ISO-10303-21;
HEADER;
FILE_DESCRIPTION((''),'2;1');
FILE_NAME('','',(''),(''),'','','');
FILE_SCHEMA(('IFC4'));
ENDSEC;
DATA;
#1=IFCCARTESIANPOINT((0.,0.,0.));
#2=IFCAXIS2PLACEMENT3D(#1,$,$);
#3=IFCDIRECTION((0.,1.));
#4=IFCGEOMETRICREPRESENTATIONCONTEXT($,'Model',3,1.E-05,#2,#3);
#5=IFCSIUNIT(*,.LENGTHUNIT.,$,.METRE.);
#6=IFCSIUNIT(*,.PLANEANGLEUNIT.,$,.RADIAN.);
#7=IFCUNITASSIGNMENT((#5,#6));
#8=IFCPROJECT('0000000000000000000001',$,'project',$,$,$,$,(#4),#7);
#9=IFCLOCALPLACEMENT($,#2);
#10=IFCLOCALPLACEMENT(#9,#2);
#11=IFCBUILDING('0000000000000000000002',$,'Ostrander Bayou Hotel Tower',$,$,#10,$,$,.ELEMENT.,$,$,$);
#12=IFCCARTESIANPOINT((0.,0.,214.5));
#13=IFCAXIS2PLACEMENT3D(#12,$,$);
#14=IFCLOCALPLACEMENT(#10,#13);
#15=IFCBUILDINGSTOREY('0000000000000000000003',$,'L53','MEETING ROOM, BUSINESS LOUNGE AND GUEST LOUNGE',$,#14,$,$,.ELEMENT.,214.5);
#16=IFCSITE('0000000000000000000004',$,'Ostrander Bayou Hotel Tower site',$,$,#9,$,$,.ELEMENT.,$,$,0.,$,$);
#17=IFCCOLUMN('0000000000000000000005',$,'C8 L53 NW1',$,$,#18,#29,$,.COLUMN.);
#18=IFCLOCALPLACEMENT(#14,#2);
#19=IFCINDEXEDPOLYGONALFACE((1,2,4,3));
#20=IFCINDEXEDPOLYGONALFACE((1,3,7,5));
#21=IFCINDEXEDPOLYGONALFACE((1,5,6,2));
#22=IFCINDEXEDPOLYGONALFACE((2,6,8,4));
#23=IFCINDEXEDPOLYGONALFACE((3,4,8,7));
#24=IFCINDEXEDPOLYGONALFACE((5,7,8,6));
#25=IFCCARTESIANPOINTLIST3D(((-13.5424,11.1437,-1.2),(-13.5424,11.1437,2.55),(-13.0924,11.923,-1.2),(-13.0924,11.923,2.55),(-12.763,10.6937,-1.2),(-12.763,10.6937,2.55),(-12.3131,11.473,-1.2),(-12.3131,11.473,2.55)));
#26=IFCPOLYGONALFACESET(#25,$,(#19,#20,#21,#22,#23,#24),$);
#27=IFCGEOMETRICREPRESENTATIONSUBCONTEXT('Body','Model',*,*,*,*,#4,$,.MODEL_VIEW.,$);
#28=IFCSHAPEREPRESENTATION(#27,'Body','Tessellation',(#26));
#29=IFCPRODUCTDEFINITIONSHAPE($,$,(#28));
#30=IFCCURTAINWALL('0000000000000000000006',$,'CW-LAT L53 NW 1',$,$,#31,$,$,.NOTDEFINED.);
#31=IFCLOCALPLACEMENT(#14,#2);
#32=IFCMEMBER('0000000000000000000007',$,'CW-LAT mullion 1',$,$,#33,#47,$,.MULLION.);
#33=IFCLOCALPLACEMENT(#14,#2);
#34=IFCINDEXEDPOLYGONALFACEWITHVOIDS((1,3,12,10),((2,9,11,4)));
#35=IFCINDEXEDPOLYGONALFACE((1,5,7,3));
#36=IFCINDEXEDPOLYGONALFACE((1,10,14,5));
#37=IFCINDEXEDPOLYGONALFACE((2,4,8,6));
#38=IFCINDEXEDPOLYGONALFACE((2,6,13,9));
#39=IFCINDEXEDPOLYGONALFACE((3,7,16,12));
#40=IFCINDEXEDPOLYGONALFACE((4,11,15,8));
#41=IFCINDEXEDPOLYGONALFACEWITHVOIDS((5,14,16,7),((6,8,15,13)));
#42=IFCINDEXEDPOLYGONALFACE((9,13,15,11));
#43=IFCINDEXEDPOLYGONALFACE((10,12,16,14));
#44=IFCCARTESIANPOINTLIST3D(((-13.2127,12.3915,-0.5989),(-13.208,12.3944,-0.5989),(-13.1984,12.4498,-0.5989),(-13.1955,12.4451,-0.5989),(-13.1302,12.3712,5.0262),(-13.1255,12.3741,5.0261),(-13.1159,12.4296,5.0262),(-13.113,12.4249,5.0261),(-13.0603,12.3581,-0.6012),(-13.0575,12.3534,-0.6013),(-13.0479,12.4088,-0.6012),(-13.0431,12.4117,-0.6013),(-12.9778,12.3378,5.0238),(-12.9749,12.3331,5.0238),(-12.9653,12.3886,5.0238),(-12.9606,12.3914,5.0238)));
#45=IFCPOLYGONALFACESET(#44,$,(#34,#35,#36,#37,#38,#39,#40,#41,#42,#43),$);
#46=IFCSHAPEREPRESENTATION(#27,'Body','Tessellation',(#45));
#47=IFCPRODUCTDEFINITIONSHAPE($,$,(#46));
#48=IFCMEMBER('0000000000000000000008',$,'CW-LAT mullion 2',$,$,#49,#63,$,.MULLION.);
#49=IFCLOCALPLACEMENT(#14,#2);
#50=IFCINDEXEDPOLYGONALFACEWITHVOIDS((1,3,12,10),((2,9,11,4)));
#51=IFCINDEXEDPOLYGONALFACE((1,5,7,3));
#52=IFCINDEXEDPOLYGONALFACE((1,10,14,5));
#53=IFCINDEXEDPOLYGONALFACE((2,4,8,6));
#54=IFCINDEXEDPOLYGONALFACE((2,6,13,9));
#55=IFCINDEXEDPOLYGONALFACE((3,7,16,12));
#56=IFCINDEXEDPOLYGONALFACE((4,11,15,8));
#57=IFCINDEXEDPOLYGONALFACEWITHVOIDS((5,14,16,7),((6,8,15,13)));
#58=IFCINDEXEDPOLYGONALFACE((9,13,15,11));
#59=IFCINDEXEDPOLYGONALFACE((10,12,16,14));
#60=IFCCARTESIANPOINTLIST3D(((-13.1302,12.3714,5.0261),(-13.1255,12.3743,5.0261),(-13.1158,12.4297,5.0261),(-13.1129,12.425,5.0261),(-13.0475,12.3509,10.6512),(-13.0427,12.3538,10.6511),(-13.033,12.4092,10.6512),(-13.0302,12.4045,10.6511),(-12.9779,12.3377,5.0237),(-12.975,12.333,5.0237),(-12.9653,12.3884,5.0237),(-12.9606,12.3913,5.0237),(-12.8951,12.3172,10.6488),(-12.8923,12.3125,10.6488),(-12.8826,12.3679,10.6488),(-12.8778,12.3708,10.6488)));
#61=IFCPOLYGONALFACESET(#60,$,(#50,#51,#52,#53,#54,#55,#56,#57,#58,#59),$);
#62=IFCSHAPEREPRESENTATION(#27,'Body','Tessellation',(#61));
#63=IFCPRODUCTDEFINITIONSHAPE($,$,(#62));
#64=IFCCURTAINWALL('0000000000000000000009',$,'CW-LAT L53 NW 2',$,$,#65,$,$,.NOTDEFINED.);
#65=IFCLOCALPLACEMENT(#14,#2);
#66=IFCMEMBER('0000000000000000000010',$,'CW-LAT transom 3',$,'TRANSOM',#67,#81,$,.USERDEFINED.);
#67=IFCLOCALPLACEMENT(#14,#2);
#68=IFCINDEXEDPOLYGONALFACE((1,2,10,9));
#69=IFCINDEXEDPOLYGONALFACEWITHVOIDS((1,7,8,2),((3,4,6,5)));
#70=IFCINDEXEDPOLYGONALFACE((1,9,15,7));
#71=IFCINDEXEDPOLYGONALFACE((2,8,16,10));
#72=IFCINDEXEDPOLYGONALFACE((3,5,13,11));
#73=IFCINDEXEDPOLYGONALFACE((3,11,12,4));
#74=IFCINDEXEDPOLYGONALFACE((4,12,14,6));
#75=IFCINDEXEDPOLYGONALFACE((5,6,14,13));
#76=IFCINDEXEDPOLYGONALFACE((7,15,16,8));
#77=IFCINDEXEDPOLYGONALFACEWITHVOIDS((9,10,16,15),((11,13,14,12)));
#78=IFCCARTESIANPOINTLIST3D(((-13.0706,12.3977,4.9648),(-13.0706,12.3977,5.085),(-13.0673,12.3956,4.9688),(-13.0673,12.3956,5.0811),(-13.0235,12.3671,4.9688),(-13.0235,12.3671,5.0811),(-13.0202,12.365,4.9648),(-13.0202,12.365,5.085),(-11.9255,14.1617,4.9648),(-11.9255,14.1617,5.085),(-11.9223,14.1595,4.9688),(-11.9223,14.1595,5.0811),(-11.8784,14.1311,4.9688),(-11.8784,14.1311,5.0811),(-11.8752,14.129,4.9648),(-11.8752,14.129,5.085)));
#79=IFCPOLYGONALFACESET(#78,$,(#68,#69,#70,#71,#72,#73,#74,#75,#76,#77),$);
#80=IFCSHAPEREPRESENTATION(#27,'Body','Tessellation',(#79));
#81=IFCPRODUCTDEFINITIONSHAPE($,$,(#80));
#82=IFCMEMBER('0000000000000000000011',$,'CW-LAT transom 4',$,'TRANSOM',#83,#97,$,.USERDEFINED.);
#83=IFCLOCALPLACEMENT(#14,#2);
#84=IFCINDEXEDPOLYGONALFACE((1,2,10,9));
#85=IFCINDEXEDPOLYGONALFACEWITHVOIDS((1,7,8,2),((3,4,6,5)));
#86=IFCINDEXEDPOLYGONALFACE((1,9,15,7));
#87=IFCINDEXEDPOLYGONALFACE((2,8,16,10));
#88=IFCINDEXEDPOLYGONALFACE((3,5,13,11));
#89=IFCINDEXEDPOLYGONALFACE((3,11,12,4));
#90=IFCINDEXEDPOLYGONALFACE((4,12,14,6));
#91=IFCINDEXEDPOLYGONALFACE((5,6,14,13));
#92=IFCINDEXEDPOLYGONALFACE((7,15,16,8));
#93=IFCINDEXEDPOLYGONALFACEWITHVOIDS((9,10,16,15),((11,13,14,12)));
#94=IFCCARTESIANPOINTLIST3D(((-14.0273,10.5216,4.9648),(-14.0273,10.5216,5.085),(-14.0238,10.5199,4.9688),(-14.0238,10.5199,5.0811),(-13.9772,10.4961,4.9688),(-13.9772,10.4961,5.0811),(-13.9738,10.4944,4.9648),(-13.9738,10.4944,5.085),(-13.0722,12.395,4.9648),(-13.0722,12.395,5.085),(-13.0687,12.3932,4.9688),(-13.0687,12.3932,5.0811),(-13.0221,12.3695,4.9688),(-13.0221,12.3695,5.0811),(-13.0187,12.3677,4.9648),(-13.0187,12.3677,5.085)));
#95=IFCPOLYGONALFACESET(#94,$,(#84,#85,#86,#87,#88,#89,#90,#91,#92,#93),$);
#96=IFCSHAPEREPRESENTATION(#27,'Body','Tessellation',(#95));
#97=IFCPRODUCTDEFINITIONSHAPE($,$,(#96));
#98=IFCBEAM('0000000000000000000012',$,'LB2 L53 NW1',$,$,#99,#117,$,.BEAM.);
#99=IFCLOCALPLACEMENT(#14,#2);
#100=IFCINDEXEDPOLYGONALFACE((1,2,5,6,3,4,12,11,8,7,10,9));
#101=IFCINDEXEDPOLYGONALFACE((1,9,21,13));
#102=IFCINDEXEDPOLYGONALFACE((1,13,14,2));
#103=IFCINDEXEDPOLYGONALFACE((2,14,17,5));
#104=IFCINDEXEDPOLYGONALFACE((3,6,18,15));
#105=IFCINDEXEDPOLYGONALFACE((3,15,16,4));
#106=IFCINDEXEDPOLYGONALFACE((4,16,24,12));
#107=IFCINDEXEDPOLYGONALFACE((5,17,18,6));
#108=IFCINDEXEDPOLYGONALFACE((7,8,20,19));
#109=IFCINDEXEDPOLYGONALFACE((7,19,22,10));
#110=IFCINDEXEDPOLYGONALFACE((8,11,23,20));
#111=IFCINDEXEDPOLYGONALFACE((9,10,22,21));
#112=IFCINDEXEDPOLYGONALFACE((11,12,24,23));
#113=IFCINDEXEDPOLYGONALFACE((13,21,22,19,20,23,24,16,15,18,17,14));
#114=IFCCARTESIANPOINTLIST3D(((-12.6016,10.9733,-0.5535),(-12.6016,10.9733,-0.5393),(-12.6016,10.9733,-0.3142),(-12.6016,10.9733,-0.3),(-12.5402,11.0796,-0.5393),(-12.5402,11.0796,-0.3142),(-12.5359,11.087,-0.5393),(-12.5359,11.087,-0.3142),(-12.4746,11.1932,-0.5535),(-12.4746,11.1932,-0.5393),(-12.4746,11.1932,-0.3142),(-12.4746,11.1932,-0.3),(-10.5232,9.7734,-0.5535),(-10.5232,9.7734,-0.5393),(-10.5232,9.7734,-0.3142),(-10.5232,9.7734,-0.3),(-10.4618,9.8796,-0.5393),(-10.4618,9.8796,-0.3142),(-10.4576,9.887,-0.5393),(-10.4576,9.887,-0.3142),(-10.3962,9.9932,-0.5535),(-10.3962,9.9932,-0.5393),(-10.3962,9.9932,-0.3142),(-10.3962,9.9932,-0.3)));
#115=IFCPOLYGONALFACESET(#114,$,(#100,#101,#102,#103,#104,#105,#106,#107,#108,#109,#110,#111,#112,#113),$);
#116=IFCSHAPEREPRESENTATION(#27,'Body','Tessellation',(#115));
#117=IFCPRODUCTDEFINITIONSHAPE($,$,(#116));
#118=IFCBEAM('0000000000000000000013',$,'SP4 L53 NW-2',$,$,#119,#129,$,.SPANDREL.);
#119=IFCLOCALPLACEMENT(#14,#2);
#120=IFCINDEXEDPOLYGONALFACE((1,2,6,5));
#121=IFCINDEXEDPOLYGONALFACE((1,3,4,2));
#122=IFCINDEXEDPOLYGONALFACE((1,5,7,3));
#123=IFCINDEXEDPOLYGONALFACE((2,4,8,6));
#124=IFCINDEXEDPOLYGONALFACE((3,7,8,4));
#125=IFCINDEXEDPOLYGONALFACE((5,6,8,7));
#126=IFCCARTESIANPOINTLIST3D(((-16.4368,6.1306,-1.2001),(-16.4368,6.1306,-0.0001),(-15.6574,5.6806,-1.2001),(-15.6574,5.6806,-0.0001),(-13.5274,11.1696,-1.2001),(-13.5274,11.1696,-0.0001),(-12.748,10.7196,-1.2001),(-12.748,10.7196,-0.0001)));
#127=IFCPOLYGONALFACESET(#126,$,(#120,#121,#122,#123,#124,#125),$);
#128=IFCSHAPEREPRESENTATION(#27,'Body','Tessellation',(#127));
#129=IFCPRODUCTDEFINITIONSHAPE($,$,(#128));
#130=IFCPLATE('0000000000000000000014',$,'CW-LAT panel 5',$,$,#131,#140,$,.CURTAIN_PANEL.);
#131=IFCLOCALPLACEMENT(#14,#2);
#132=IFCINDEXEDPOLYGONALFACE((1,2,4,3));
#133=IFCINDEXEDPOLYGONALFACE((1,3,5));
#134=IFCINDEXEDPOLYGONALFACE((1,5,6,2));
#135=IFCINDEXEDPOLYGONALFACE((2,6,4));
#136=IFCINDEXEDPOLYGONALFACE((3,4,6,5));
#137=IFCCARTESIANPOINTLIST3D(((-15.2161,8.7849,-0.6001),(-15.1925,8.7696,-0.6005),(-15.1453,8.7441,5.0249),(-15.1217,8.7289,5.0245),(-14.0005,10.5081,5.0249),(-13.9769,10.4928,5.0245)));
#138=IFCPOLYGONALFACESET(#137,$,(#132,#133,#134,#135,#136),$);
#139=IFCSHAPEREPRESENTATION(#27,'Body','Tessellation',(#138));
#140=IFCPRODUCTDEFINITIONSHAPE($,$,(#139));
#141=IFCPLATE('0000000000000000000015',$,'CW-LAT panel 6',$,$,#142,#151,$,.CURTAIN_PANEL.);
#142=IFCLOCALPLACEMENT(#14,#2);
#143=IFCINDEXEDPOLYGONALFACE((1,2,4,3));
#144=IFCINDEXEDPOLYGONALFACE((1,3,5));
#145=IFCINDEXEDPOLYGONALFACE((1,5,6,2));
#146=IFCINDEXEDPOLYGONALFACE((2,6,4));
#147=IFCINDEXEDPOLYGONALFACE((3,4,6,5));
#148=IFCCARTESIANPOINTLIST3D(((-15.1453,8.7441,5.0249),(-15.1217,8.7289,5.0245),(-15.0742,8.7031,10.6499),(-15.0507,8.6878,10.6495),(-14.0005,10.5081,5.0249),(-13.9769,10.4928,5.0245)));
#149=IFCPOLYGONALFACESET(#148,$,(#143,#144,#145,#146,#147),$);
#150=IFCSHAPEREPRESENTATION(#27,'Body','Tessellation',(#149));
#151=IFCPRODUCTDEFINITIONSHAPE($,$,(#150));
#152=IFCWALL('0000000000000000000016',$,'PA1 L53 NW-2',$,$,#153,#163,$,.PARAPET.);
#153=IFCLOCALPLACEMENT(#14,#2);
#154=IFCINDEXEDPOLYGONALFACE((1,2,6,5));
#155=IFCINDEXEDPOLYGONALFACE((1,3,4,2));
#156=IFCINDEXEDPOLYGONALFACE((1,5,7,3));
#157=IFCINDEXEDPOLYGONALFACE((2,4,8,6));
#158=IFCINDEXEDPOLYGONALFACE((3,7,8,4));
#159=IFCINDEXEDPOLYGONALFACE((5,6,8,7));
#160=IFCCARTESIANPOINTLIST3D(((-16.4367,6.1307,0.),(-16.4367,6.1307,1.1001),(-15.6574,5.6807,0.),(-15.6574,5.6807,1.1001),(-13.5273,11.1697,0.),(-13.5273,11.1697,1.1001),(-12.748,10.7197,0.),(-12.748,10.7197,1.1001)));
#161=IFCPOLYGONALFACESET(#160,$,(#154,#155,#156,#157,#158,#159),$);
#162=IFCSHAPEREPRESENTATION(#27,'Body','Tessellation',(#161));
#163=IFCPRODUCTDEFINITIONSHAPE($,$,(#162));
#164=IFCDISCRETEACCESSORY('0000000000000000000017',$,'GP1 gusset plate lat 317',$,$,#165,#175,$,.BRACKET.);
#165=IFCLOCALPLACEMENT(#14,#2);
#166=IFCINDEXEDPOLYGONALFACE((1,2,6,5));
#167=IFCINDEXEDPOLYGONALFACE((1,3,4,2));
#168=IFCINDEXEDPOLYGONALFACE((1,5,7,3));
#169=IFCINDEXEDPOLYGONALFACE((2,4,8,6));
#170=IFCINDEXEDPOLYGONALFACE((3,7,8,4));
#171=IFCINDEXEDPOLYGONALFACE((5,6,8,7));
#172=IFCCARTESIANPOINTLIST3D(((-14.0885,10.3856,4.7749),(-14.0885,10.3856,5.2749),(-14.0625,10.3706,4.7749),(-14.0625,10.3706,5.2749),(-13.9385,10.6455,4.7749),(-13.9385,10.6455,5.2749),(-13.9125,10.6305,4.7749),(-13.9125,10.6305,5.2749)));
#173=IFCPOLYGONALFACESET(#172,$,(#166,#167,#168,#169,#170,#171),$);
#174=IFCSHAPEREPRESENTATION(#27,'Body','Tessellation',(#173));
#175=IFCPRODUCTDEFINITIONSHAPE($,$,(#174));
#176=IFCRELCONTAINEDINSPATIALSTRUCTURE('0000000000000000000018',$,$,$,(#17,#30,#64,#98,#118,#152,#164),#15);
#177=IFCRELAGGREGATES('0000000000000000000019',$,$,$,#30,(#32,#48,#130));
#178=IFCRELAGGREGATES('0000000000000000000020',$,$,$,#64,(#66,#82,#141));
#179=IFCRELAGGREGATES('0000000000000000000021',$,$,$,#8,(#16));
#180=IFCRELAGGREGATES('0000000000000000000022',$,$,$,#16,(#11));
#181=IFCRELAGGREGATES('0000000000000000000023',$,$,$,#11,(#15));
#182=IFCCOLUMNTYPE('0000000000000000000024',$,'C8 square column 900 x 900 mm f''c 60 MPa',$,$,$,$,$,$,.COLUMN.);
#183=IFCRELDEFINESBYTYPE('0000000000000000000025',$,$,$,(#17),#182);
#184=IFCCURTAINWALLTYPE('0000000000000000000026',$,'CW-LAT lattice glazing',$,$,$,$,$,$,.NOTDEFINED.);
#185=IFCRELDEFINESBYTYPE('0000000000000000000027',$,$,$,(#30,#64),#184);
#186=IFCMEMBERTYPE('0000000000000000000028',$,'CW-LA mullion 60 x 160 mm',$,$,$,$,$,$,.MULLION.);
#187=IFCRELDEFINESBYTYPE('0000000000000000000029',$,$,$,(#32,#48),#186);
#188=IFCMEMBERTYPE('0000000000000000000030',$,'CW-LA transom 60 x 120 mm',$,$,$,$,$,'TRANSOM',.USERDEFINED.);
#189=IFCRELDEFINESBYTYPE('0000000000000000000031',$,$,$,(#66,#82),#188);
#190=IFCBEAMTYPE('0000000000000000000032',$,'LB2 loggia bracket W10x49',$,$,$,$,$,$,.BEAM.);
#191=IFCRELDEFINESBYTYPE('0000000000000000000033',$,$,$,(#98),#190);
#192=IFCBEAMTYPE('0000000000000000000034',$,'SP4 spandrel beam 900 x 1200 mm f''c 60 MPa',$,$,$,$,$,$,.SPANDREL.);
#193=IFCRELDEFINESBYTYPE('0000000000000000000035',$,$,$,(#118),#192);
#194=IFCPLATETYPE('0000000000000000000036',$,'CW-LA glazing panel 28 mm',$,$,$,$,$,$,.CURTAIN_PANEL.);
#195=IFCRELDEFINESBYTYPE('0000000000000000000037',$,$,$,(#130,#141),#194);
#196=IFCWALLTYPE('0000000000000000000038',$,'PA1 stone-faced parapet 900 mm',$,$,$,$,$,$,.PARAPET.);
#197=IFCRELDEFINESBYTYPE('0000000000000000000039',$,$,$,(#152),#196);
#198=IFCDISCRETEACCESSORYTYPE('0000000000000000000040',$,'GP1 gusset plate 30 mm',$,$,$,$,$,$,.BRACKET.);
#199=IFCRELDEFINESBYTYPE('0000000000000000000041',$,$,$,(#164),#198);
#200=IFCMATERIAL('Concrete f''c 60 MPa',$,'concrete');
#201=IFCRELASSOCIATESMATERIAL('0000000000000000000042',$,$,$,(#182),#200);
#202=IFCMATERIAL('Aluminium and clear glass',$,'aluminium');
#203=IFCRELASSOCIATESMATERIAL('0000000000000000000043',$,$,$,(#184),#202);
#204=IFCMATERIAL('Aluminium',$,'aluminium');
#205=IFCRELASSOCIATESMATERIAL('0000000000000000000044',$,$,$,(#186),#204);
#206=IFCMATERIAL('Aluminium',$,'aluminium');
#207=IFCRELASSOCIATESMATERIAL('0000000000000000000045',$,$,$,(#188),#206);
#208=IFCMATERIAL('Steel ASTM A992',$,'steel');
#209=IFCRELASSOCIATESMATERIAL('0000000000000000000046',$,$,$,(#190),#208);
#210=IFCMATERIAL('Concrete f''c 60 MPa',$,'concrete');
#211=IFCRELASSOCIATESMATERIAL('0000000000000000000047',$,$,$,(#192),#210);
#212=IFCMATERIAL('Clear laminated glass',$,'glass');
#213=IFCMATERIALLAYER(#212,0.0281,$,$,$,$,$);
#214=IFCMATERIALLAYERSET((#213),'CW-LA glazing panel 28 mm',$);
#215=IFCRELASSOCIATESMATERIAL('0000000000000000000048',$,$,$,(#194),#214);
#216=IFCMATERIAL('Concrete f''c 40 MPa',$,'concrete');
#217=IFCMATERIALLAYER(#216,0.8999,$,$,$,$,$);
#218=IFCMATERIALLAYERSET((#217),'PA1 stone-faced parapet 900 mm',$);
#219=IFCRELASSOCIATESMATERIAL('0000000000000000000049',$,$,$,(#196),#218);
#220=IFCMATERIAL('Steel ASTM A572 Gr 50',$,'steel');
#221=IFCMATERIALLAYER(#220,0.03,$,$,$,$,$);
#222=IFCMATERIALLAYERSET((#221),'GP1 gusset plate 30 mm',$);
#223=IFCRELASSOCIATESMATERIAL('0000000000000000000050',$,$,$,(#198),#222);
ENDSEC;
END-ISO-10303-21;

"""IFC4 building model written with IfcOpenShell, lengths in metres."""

from ifc_helpers import new_model, si_unit, direction, frame, frame_2d, origin, origin_2d, place, context, subcontext, project, spatial, polyline, rectangle, hollow_rectangle, i_section, outline, extrude, material, layer, layer_set, material_profile, profile_set, type_object, element, aggregate, save


model = new_model("IFC4")

# Units and contexts
model_context = context("Model", 3, precision=1e-05, world=origin(), true_north=direction((0.0, 1.0)))
body_context = subcontext(model_context, "Body", "Model", "MODEL_VIEW")
ifc_project = project(units=[si_unit("LENGTHUNIT", "METRE"), si_unit("PLANEANGLEUNIT", "RADIAN")], contexts=[model_context])

# Site, building, storey
site_placement = place(None, origin())
site = spatial("IfcSite", under=ifc_project, at=site_placement, Name="Ostrander Bayou Hotel Tower site", CompositionType="ELEMENT", RefElevation=0.0)
building_placement = place(site_placement, origin())
building = spatial("IfcBuilding", under=site, at=building_placement, Name="Ostrander Bayou Hotel Tower", CompositionType="ELEMENT")
storey_placement = place(building_placement, frame((0.0, 0.0, 214.5)))
storey = spatial("IfcBuildingStorey", under=building, at=storey_placement, Name="L53", Description="MEETING ROOM, BUSINESS LOUNGE AND GUEST LOUNGE", CompositionType="ELEMENT", Elevation=214.5)

# Column
ifc_material_1 = material(Name="Concrete f'c 60 MPa", Category="concrete")
ifc_material_profile_1 = material_profile(ifc_material_1, rectangle(XDim=0.8999, YDim=0.8999, at=origin_2d()))
ifc_profile_set_1 = profile_set([ifc_material_profile_1], Name="Concrete f'c 60 MPa")
column_type = type_object("IfcColumnType", Name="C8 square column 900 x 900 mm f'c 60 MPa", PredefinedType="COLUMN", material=ifc_profile_set_1)
column_placement = place(storey_placement, frame((-12.9277, 11.3083, -1.2), z_axis=(0.0, 0.0, 1.0), x_axis=(0.5, 0.866025, 0.0)))
element("IfcColumn", 1, at=column_placement, inside=storey, type_object=column_type, Name="C8 L53 NW1", PredefinedType="COLUMN", context=body_context, shape_type="SweptSolid", body=[
    extrude(rectangle(XDim=0.8999, YDim=0.8999, at=origin_2d()), origin(), (0.0, 0.0, 1.0), 3.75),
])

# Curtain walls, members
ifc_material_2 = material(Name="Aluminium and clear glass", Category="aluminium")
curtain_wall_type = type_object("IfcCurtainWallType", Name="CW-LAT lattice glazing", PredefinedType="NOTDEFINED", material=ifc_material_2)
curtain_wall_1_placement = place(storey_placement, origin())
curtain_wall_1 = element("IfcCurtainWall", 2, at=curtain_wall_1_placement, inside=storey, type_object=curtain_wall_type, Name="CW-LAT L53 NW 1", PredefinedType="NOTDEFINED")
ifc_material_3 = material(Name="Aluminium", Category="aluminium")
ifc_material_profile_2 = material_profile(ifc_material_3, hollow_rectangle(XDim=0.0601, YDim=0.1599, WallThickness=0.0039, at=origin_2d()))
ifc_profile_set_2 = profile_set([ifc_material_profile_2], Name="Aluminium")
member_type_1 = type_object("IfcMemberType", Name="CW-LA mullion 60 x 160 mm", PredefinedType="MULLION", material=ifc_profile_set_2)
member_1_placement = place(storey_placement, frame((-13.1279, 12.4016, -0.6001), z_axis=(0.014668, -0.003602, 0.999886), x_axis=(0.238477, 0.971148, 0.0)))
member_1 = element("IfcMember", 3, at=member_1_placement, type_object=member_type_1, Name="CW-LAT mullion 1", PredefinedType="MULLION", context=body_context, shape_type="SweptSolid", body=[
    extrude(hollow_rectangle(XDim=0.0601, YDim=0.1599, WallThickness=0.0039, at=origin_2d()), origin(), (0.0, 0.0, 1.0), 5.6257),
])
member_2_placement = place(storey_placement, frame((-13.0454, 12.3813, 5.0249), z_axis=(0.014712, -0.003645, 0.999885), x_axis=(0.240514, 0.970646, 0.0)))
member_2 = element("IfcMember", 4, at=member_2_placement, type_object=member_type_1, Name="CW-LAT mullion 2", PredefinedType="MULLION", context=body_context, shape_type="SweptSolid", body=[
    extrude(hollow_rectangle(XDim=0.0601, YDim=0.1599, WallThickness=0.0039, at=origin_2d()), origin(), (0.0, 0.0, 1.0), 5.6257),
])
curtain_wall_2_placement = place(storey_placement, origin())
curtain_wall_2 = element("IfcCurtainWall", 5, at=curtain_wall_2_placement, inside=storey, type_object=curtain_wall_type, Name="CW-LAT L53 NW 2", PredefinedType="NOTDEFINED")
ifc_material_4 = material(Name="Aluminium", Category="aluminium")
ifc_material_profile_3 = material_profile(ifc_material_4, hollow_rectangle(XDim=0.0601, YDim=0.1201, WallThickness=0.0039, at=origin_2d()))
ifc_profile_set_3 = profile_set([ifc_material_profile_3], Name="Aluminium")
member_type_2 = type_object("IfcMemberType", Name="CW-LA transom 60 x 120 mm", ElementType="TRANSOM", PredefinedType="USERDEFINED", material=ifc_profile_set_3)
member_3_placement = place(storey_placement, frame((-13.0454, 12.3813, 5.0249), z_axis=(0.544478, 0.838775, 0.0), x_axis=(-0.838775, 0.544478, 0.0)))
member_3 = element("IfcMember", 6, at=member_3_placement, type_object=member_type_2, Name="CW-LAT transom 3", ObjectType="TRANSOM", PredefinedType="USERDEFINED", context=body_context, shape_type="SweptSolid", body=[
    extrude(hollow_rectangle(XDim=0.0601, YDim=0.1201, WallThickness=0.0039, at=origin_2d()), origin(), (0.0, 0.0, 1.0), 2.103),
])
member_4_placement = place(storey_placement, frame((-13.0454, 12.3813, 5.0249), z_axis=(-0.454213, -0.890893, 0.0), x_axis=(0.890893, -0.454213, 0.0)))
member_4 = element("IfcMember", 7, at=member_4_placement, type_object=member_type_2, Name="CW-LAT transom 4", ObjectType="TRANSOM", PredefinedType="USERDEFINED", context=body_context, shape_type="SweptSolid", body=[
    extrude(hollow_rectangle(XDim=0.0601, YDim=0.1201, WallThickness=0.0039, at=origin_2d()), origin(), (0.0, 0.0, 1.0), 2.1028),
])

# Beams
ifc_material_5 = material(Name="Steel ASTM A992", Category="steel")
ifc_material_profile_4 = material_profile(ifc_material_5, i_section(OverallWidth=0.2539, OverallDepth=0.2534, WebThickness=0.0085, FlangeThickness=0.0142, at=origin_2d()))
ifc_profile_set_4 = profile_set([ifc_material_profile_4], Name="Steel ASTM A992")
beam_type_1 = type_object("IfcBeamType", Name="LB2 loggia bracket W10x49", PredefinedType="BEAM", material=ifc_profile_set_4)
beam_1_placement = place(storey_placement, frame((-12.5381, 11.0833, -0.4268), z_axis=(0.866025, -0.500001, 0.0), x_axis=(0.500001, 0.866025, 0.0)))
element("IfcBeam", 8, at=beam_1_placement, inside=storey, type_object=beam_type_1, Name="LB2 L53 NW1", PredefinedType="BEAM", context=body_context, shape_type="SweptSolid", body=[
    extrude(i_section(OverallWidth=0.2539, OverallDepth=0.2534, WebThickness=0.0085, FlangeThickness=0.0142, at=origin_2d()), origin(), (0.0, 0.0, 1.0), 2.3999),
])
ifc_material_6 = material(Name="Concrete f'c 60 MPa", Category="concrete")
ifc_material_profile_5 = material_profile(ifc_material_6, rectangle(XDim=0.8999, YDim=1.2, at=origin_2d()))
ifc_profile_set_5 = profile_set([ifc_material_profile_5], Name="Concrete f'c 60 MPa")
beam_type_2 = type_object("IfcBeamType", Name="SP4 spandrel beam 900 x 1200 mm f'c 60 MPa", PredefinedType="SPANDREL", material=ifc_profile_set_5)
beam_2_placement = place(storey_placement, frame((-13.1377, 10.9446, -0.6001), z_axis=(-0.500015, -0.866016, 0.0), x_axis=(0.866016, -0.500015, 0.0)))
element("IfcBeam", 9, at=beam_2_placement, inside=storey, type_object=beam_type_2, Name="SP4 L53 NW-2", PredefinedType="SPANDREL", context=body_context, shape_type="SweptSolid", body=[
    extrude(rectangle(XDim=0.8999, YDim=1.2, at=origin_2d()), origin(), (0.0, 0.0, 1.0), 5.8186),
])

# Plates
ifc_material_7 = material(Name="Clear laminated glass", Category="glass")
ifc_layer_1 = layer(ifc_material_7, 0.0281)
ifc_layer_set_1 = layer_set([ifc_layer_1], Name="CW-LA glazing panel 28 mm")
plate_type = type_object("IfcPlateType", Name="CW-LA glazing panel 28 mm", PredefinedType="CURTAIN_PANEL", material=ifc_layer_set_1)
plate_1_placement = place(storey_placement, frame((-14.0005, 10.5081, 5.0249), z_axis=(-0.83874, 0.544339, 0.014503), x_axis=(-0.20235, -0.286842, -0.936363)))
plate_1 = element("IfcPlate", 10, at=plate_1_placement, type_object=plate_type, Name="CW-LAT panel 5", PredefinedType="CURTAIN_PANEL", context=body_context, shape_type="SweptSolid", body=[
    extrude(outline(polyline([(0.0, 0.0), (6.0073, 0.0), (0.7376, 1.9692), (0.0, 0.0)])), origin(), (0.0, 0.0, -1.0), 0.0281),
])
aggregate(curtain_wall_1, [member_1, member_2, plate_1])
plate_2_placement = place(storey_placement, frame((-14.0005, 10.5081, 5.0249), z_axis=(-0.838739, 0.544339, 0.014563), x_axis=(-0.178828, -0.300608, 0.936833)))
plate_2 = element("IfcPlate", 11, at=plate_2_placement, type_object=plate_type, Name="CW-LAT panel 6", PredefinedType="CURTAIN_PANEL", context=body_context, shape_type="SweptSolid", body=[
    extrude(outline(polyline([(0.0, 0.0), (6.0043, 0.0), (0.735, -1.9702), (0.0, 0.0)])), origin(), (0.0, 0.0, -1.0), 0.0281),
])
aggregate(curtain_wall_2, [member_3, member_4, plate_2])

# Wall
ifc_material_8 = material(Name="Concrete f'c 40 MPa", Category="concrete")
ifc_layer_2 = layer(ifc_material_8, 0.8999)
ifc_layer_set_2 = layer_set([ifc_layer_2], Name="PA1 stone-faced parapet 900 mm")
wall_type = type_object("IfcWallType", Name="PA1 stone-faced parapet 900 mm", PredefinedType="PARAPET", material=ifc_layer_set_2)
wall_placement = place(storey_placement, frame((-13.1377, 10.9446, 0.0), z_axis=(0.0, 0.0, 1.0), x_axis=(-0.500015, -0.866016, 0.0)))
element("IfcWall", 12, at=wall_placement, inside=storey, type_object=wall_type, Name="PA1 L53 NW-2", PredefinedType="PARAPET", context=body_context, shape_type="SweptSolid", body=[
    extrude(rectangle(XDim=5.8186, YDim=0.8999, at=frame_2d((2.9092, 0.0))), origin(), (0.0, 0.0, 1.0), 1.1001),
])

# Discrete accessory
ifc_material_9 = material(Name="Steel ASTM A572 Gr 50", Category="steel")
ifc_layer_3 = layer(ifc_material_9, 0.03)
ifc_layer_set_3 = layer_set([ifc_layer_3], Name="GP1 gusset plate 30 mm")
discrete_accessory_type = type_object("IfcDiscreteAccessoryType", Name="GP1 gusset plate 30 mm", PredefinedType="BRACKET", material=ifc_layer_set_3)
discrete_accessory_placement = place(storey_placement, frame((-14.0005, 10.5081, 4.7749), z_axis=(0.0, 0.0, 1.0), x_axis=(-0.5, -0.866025, 0.0)))
element("IfcDiscreteAccessory", 13, at=discrete_accessory_placement, inside=storey, type_object=discrete_accessory_type, Name="GP1 gusset plate lat 317", PredefinedType="BRACKET", context=body_context, shape_type="SweptSolid", body=[
    extrude(rectangle(XDim=0.3, YDim=0.03, at=origin_2d()), origin(), (0.0, 0.0, 1.0), 0.5),
])

save(model, "model.ifc")
